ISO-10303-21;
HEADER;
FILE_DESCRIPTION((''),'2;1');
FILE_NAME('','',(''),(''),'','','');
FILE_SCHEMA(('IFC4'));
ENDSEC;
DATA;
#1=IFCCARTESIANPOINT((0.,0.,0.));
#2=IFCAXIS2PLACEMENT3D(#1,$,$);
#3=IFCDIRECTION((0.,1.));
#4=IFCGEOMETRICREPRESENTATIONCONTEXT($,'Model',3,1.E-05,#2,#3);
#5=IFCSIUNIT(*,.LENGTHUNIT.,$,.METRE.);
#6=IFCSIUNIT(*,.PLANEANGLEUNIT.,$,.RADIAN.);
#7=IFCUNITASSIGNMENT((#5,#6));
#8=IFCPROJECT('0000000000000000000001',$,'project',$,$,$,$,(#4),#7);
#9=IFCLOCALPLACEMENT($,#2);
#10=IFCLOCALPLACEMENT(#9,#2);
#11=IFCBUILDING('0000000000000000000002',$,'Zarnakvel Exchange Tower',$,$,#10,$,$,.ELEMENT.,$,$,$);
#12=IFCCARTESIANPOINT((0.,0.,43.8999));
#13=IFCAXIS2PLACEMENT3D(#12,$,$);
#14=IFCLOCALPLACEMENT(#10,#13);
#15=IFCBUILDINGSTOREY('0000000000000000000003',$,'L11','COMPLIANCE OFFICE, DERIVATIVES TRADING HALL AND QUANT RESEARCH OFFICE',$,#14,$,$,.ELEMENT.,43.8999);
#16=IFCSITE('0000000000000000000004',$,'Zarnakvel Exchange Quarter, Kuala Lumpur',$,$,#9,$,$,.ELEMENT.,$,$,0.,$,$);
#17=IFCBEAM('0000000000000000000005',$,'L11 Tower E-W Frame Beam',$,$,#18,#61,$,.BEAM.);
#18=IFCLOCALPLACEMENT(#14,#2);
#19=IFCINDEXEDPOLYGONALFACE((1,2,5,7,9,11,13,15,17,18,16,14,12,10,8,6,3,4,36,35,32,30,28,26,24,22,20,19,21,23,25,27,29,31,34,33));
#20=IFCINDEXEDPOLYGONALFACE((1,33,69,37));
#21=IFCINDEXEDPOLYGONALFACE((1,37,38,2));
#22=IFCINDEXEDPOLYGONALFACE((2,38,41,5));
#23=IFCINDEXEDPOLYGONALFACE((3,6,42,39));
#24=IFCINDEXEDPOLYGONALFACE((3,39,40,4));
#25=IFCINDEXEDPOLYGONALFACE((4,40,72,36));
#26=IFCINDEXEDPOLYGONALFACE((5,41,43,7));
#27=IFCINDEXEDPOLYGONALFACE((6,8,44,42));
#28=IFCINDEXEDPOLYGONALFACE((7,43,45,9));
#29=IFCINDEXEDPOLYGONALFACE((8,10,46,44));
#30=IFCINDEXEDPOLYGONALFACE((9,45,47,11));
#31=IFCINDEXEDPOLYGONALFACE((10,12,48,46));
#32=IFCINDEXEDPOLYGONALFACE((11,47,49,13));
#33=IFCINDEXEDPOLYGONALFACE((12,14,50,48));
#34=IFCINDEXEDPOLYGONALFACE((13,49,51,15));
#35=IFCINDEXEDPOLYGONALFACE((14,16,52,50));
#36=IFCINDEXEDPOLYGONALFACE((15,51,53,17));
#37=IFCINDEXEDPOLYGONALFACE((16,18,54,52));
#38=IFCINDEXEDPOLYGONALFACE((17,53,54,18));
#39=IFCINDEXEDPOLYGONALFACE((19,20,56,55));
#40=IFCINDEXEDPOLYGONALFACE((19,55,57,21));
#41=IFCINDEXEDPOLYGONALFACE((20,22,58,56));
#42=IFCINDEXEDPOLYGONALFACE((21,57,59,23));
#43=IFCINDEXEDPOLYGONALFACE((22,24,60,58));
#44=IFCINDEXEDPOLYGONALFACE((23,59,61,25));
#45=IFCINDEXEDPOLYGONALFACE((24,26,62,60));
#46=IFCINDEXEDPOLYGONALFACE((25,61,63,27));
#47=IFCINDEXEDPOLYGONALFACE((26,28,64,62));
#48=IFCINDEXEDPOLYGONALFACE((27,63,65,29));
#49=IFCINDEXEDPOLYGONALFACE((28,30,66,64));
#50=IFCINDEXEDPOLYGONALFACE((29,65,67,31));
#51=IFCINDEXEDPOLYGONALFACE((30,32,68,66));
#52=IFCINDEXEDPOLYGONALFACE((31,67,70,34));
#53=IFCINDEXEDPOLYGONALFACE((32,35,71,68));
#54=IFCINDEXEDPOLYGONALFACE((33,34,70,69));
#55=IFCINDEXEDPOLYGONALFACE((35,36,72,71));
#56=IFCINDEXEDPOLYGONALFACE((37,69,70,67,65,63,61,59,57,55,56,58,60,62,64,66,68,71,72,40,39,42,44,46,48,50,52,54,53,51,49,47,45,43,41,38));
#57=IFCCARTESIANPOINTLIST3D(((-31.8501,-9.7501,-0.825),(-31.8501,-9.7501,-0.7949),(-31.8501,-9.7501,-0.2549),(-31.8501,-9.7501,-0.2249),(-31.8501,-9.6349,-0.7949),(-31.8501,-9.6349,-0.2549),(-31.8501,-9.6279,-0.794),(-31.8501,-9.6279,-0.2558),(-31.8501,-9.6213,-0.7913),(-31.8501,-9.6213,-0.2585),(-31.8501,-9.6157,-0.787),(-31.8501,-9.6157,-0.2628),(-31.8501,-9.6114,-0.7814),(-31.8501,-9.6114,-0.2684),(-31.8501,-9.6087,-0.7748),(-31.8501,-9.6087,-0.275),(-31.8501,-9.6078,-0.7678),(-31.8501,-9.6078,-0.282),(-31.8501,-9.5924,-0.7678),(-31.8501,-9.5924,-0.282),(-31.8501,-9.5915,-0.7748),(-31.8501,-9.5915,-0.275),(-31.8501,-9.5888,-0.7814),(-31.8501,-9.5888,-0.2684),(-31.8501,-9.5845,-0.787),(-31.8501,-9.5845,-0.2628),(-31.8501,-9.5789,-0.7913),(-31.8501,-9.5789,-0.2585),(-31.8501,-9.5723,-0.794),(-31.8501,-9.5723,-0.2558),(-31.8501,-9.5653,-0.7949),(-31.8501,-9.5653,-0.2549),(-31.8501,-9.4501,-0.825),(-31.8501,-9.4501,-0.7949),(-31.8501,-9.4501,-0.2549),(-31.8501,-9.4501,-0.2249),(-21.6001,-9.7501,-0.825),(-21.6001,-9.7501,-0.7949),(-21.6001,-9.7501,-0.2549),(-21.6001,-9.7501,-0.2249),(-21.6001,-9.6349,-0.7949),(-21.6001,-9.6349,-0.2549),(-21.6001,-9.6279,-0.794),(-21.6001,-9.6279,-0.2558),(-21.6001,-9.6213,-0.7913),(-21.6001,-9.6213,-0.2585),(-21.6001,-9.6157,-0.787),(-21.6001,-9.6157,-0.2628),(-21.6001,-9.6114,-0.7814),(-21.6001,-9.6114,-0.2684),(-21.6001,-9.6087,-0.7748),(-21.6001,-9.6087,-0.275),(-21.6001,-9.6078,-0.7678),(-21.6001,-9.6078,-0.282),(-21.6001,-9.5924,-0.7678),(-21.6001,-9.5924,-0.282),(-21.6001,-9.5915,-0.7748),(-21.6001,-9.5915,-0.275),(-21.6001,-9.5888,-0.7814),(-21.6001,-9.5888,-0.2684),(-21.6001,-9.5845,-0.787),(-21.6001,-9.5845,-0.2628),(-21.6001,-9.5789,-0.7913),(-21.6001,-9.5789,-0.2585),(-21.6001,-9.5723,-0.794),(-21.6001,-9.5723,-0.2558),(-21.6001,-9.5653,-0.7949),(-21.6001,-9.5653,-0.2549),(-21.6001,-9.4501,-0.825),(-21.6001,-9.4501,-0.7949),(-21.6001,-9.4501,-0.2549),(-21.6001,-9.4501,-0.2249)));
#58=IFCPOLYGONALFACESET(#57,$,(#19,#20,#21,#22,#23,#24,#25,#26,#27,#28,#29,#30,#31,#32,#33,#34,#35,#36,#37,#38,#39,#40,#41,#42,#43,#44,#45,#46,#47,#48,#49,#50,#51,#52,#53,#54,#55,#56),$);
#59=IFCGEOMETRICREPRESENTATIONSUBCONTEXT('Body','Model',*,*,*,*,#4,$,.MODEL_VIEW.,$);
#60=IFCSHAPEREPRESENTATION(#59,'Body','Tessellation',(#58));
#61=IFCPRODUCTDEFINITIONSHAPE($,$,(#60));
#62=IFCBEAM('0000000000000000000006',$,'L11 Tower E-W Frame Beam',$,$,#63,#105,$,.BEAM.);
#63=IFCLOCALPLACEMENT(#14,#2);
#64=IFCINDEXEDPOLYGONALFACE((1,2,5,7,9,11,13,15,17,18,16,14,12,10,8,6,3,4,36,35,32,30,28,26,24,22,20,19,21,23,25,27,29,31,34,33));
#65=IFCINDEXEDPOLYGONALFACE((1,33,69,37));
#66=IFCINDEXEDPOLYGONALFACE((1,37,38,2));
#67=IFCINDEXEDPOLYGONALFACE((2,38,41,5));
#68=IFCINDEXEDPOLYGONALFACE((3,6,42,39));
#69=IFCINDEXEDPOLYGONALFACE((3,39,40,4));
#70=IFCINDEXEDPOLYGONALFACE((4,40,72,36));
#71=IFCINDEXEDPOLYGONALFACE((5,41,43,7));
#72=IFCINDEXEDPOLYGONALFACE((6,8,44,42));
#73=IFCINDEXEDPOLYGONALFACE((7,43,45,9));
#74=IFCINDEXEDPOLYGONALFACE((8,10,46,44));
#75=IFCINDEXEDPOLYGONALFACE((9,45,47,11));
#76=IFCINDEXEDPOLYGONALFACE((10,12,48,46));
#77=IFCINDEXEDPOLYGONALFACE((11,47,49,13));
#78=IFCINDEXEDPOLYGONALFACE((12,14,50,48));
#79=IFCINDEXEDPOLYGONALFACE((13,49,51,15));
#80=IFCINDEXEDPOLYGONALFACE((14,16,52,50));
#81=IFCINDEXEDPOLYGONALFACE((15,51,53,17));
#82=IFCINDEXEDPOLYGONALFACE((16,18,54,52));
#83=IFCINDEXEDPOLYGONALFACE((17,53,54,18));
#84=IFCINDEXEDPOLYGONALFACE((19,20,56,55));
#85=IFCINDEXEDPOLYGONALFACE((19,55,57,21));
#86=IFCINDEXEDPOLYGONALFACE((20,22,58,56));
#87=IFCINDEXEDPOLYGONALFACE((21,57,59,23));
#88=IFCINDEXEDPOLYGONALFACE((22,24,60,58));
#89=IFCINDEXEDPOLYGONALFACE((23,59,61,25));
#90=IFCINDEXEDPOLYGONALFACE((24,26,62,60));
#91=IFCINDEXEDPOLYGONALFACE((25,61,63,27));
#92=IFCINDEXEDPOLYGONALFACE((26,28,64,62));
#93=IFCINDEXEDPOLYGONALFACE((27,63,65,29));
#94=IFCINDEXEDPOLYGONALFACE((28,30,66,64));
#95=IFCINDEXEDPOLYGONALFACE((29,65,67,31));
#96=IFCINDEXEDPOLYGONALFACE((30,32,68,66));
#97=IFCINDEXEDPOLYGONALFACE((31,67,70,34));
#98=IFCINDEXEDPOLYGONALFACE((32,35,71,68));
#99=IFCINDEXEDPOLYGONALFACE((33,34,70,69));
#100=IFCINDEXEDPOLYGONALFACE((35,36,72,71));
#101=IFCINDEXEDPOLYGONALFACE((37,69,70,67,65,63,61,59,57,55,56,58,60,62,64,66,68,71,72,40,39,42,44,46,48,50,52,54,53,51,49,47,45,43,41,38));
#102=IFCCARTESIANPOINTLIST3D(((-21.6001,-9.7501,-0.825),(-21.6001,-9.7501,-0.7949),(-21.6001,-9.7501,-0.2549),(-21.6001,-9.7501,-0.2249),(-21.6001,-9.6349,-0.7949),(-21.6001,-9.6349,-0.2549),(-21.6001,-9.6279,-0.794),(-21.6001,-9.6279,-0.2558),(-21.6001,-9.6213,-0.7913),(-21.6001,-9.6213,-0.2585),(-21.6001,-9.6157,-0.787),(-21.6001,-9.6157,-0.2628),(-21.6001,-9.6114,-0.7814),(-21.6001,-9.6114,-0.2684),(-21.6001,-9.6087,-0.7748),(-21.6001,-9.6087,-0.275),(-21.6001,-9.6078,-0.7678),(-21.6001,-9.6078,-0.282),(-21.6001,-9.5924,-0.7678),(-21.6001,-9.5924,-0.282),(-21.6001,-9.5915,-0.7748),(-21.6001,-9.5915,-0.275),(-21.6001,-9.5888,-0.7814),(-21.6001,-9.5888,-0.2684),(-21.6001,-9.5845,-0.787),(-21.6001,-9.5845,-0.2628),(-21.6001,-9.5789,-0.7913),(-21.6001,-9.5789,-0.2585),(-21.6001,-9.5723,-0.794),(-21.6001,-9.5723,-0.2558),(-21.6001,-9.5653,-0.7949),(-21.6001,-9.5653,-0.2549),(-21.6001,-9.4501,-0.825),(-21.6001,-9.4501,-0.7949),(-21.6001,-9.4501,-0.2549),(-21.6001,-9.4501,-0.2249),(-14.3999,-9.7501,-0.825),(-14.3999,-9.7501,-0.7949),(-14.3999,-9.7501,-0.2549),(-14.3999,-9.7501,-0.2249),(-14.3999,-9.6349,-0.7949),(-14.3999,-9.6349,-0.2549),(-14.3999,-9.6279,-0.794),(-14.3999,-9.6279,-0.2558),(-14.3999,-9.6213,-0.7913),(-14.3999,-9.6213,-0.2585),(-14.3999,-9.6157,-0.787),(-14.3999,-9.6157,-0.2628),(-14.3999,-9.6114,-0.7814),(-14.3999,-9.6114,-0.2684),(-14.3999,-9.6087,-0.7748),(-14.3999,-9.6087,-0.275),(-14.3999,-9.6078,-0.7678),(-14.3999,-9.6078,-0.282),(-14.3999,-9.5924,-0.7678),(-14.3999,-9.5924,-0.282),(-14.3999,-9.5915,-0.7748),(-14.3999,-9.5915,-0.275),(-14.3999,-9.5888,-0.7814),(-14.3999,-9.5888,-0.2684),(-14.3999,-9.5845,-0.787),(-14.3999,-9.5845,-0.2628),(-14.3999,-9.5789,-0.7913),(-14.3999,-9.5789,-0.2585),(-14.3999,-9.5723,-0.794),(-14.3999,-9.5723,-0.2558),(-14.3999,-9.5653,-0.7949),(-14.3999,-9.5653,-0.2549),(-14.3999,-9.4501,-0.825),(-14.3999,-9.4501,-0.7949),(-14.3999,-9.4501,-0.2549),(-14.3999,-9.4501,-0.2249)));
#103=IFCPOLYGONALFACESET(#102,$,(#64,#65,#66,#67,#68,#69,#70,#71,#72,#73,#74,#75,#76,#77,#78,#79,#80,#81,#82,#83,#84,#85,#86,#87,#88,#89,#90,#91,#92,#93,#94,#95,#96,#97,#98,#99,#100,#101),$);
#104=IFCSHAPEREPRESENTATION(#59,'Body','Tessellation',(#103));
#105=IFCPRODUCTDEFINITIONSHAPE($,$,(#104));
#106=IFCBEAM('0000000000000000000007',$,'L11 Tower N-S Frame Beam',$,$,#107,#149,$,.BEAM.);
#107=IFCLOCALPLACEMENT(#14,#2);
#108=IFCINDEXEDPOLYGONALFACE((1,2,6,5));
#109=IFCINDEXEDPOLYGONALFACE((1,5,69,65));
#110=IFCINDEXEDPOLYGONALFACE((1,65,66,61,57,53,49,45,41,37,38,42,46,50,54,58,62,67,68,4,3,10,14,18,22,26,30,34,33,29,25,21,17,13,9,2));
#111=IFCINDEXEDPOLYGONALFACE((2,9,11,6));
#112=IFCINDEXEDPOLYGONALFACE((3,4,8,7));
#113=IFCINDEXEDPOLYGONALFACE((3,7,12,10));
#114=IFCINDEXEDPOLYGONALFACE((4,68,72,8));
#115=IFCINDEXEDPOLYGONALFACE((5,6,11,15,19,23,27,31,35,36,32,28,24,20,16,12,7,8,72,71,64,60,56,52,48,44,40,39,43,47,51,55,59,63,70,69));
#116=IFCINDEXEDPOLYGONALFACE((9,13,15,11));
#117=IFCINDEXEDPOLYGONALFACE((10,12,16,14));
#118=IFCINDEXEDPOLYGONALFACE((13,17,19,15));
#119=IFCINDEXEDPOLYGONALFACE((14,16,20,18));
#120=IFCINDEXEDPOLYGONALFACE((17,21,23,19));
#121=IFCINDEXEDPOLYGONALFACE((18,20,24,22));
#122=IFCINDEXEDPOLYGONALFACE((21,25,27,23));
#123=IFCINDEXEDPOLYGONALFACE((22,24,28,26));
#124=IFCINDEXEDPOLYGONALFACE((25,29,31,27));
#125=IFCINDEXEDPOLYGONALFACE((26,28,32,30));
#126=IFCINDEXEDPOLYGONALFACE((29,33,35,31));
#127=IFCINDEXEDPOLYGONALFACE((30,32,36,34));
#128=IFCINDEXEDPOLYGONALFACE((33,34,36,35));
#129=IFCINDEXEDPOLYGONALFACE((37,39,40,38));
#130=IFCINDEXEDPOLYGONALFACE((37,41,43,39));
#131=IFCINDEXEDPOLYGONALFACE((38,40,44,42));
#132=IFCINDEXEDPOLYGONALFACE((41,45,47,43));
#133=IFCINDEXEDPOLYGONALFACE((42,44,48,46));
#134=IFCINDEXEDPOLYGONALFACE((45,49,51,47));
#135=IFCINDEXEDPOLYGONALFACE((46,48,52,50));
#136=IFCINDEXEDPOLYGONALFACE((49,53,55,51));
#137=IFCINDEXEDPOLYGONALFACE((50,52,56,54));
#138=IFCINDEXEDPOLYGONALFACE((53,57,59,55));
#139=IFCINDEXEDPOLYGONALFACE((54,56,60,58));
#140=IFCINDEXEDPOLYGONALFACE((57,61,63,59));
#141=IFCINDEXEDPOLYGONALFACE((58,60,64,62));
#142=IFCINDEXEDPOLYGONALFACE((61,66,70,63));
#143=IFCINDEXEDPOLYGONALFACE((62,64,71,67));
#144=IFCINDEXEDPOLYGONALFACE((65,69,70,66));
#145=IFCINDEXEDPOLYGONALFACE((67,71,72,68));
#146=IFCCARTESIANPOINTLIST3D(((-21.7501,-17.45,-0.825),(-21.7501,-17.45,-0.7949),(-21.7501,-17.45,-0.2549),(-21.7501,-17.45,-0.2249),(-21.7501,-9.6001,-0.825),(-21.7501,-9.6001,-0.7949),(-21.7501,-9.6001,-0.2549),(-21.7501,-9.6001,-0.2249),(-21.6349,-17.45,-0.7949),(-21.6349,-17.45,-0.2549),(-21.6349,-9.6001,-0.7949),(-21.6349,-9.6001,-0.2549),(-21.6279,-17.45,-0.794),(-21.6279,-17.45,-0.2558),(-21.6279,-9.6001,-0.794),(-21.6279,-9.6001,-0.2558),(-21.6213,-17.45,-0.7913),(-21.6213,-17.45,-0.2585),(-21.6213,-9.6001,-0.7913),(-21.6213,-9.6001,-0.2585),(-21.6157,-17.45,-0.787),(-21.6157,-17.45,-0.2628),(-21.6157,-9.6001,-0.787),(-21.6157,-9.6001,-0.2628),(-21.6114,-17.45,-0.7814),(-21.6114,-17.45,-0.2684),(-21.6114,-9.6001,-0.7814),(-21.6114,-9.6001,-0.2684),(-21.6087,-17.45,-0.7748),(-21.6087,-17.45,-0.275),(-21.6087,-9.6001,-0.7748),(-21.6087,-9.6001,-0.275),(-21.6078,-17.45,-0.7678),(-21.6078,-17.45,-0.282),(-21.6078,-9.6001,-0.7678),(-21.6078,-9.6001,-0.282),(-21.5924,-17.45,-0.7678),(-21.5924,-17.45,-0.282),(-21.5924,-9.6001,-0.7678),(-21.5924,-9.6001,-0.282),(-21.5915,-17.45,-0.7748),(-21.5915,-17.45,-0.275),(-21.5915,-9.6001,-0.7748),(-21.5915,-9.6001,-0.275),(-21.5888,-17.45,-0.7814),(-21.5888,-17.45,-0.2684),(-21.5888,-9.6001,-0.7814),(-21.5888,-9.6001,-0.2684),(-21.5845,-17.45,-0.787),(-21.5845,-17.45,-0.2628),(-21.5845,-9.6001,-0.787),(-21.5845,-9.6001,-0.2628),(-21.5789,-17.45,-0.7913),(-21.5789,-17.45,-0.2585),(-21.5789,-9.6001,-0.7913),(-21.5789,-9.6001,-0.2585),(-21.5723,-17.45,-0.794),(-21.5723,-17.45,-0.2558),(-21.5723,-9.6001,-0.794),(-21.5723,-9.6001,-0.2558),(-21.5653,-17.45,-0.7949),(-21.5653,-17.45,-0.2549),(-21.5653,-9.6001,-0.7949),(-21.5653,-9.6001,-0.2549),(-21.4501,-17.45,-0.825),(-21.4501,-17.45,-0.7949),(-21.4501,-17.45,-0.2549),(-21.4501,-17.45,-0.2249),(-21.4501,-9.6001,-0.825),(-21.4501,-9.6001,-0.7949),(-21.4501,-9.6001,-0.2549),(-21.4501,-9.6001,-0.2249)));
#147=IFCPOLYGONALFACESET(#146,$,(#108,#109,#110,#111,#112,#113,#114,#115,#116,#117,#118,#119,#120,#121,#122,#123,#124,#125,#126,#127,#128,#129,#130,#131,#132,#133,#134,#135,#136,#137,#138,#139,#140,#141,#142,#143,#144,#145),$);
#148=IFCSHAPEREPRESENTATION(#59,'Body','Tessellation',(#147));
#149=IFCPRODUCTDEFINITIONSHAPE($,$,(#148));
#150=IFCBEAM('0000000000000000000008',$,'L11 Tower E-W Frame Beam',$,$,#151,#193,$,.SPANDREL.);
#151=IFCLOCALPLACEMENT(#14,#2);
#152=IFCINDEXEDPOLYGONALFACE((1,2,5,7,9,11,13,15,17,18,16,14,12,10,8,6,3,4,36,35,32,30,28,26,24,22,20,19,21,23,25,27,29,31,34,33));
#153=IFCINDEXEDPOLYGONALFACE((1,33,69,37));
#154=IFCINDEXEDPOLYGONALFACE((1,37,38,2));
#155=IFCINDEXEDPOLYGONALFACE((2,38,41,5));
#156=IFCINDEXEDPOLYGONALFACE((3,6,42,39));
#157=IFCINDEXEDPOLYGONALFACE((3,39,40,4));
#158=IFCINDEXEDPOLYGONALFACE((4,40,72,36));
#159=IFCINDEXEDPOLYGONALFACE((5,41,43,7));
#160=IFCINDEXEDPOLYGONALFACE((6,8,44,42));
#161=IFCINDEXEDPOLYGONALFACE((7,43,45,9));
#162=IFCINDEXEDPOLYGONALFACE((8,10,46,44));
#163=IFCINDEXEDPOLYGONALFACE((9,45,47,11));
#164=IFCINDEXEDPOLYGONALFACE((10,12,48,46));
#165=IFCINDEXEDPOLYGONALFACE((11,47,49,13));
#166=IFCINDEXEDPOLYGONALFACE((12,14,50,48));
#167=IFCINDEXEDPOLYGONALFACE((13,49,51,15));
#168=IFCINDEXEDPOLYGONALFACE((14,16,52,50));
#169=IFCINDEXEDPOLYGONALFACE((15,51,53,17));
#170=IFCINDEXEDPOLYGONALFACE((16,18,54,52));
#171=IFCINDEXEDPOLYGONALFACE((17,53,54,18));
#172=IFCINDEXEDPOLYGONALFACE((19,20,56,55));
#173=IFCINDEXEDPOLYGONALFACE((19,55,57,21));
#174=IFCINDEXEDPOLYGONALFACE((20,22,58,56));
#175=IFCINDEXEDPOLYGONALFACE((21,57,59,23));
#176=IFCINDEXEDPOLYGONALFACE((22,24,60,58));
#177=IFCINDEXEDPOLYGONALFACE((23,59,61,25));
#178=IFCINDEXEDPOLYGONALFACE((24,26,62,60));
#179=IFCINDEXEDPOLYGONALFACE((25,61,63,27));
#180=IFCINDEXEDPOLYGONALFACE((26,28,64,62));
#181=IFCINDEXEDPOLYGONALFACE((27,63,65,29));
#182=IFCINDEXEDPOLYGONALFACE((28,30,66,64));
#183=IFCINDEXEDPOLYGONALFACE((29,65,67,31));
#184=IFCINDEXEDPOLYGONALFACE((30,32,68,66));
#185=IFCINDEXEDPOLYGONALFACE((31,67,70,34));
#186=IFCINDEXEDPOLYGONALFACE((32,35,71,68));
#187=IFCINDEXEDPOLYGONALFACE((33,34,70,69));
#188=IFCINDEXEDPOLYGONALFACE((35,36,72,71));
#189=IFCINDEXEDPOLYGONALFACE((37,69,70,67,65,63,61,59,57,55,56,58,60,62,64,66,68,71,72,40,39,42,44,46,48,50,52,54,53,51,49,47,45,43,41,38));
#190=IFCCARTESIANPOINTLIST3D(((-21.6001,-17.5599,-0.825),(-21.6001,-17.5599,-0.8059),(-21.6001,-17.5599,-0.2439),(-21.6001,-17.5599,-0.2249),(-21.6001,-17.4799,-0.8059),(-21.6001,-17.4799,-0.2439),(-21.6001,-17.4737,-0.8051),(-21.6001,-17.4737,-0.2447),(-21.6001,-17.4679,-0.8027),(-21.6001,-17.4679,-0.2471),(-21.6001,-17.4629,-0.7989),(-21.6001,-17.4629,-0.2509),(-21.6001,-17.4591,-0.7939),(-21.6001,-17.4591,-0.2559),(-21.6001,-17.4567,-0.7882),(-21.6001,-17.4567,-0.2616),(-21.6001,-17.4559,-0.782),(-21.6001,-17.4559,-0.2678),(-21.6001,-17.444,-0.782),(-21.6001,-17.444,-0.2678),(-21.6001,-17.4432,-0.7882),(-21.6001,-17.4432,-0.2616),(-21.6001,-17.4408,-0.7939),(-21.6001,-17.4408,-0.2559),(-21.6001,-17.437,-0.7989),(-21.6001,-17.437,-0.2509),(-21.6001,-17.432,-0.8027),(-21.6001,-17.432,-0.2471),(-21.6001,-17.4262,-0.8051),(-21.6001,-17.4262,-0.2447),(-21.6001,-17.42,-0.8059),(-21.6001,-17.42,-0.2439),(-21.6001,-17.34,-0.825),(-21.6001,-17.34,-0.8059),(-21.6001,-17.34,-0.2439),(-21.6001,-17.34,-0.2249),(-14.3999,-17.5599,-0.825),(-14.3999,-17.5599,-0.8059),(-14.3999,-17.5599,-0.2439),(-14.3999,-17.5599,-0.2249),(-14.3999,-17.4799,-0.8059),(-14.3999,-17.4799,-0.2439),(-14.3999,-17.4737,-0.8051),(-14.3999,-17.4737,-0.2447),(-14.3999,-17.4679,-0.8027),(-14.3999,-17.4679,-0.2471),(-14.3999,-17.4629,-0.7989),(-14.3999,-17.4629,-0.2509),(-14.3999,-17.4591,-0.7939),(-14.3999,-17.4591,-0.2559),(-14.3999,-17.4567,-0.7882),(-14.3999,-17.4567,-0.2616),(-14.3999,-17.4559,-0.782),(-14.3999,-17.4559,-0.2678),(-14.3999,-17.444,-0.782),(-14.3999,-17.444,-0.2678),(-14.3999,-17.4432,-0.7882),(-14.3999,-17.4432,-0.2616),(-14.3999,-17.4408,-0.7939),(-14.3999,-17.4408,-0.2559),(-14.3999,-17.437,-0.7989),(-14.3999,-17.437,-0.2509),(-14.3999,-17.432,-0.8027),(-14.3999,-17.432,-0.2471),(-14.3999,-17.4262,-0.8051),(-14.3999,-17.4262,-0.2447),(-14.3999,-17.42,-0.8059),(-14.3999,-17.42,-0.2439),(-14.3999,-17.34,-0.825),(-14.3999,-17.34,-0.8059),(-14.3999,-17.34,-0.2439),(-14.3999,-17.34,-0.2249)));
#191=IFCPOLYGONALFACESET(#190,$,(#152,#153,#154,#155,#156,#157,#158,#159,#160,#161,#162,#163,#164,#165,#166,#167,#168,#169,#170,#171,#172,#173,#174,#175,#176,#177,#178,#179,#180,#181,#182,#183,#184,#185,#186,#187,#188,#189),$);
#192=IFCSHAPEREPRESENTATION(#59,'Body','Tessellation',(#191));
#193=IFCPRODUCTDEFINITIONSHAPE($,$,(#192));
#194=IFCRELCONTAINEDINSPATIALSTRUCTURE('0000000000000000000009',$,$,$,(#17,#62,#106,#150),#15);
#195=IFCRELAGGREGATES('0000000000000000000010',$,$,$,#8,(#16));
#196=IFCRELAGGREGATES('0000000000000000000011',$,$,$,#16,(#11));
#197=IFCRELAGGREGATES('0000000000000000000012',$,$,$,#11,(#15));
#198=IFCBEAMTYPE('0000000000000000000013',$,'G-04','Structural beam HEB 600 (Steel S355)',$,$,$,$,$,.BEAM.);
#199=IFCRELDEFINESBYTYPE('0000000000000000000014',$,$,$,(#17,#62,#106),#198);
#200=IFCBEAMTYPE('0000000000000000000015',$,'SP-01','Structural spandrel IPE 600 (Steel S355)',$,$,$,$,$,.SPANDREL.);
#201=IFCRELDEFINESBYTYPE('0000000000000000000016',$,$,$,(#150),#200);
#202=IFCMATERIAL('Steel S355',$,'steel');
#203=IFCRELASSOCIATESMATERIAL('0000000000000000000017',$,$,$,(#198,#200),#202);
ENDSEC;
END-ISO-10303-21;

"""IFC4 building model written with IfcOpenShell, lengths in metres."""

from ifc_helpers import new_model, si_unit, direction, frame, origin, origin_2d, place, context, subcontext, project, spatial, i_section, extrude, material, material_profile, profile_set, type_object, element, save


model = new_model("IFC4")

# Units and contexts
model_context = context("Model", 3, precision=1e-05, world=origin(), true_north=direction((0.0, 1.0)))
body_context = subcontext(model_context, "Body", "Model", "MODEL_VIEW")
ifc_project = project(units=[si_unit("LENGTHUNIT", "METRE"), si_unit("PLANEANGLEUNIT", "RADIAN")], contexts=[model_context])

# Site, building, storey
site_placement = place(None, origin())
site = spatial("IfcSite", under=ifc_project, at=site_placement, Name="Zarnakvel Exchange Quarter, Kuala Lumpur", CompositionType="ELEMENT", RefElevation=0.0)
building_placement = place(site_placement, origin())
building = spatial("IfcBuilding", under=site, at=building_placement, Name="Zarnakvel Exchange Tower", CompositionType="ELEMENT")
storey_placement = place(building_placement, frame((0.0, 0.0, 43.8999)))
storey = spatial("IfcBuildingStorey", under=building, at=storey_placement, Name="L11", Description="COMPLIANCE OFFICE, DERIVATIVES TRADING HALL AND QUANT RESEARCH OFFICE", CompositionType="ELEMENT", Elevation=43.8999)

# Shared definitions
ifc_material_1 = material(Name="Steel S355", Category="steel")

# Beams
ifc_material_profile_1 = material_profile(ifc_material_1, i_section(OverallWidth=0.3, OverallDepth=0.6001, WebThickness=0.0154, FlangeThickness=0.03, FilletRadius=0.0271, at=origin_2d()))
ifc_profile_set_1 = profile_set([ifc_material_profile_1], Name="Steel S355")
beam_type_1 = type_object("IfcBeamType", Name="G-04", Description="Structural beam HEB 600 (Steel S355)", PredefinedType="BEAM", material=ifc_profile_set_1)
beam_1_placement = place(storey_placement, frame((-31.8501, -9.6001, -0.5249), z_axis=(1.0, 0.0, 0.0), x_axis=(0.0, 1.0, 0.0)))
element("IfcBeam", 1, at=beam_1_placement, inside=storey, type_object=beam_type_1, Name="L11 Tower E-W Frame Beam", PredefinedType="BEAM", context=body_context, shape_type="SweptSolid", body=[
    extrude(i_section(OverallWidth=0.3, OverallDepth=0.6001, WebThickness=0.0154, FlangeThickness=0.03, FilletRadius=0.0271, at=origin_2d()), origin(), (0.0, 0.0, 1.0), 10.25),
])
beam_2_placement = place(storey_placement, frame((-21.6001, -9.6001, -0.5249), z_axis=(1.0, 0.0, 0.0), x_axis=(0.0, 1.0, 0.0)))
element("IfcBeam", 2, at=beam_2_placement, inside=storey, type_object=beam_type_1, Name="L11 Tower E-W Frame Beam", PredefinedType="BEAM", context=body_context, shape_type="SweptSolid", body=[
    extrude(i_section(OverallWidth=0.3, OverallDepth=0.6001, WebThickness=0.0154, FlangeThickness=0.03, FilletRadius=0.0271, at=origin_2d()), origin(), (0.0, 0.0, 1.0), 7.2002),
])
beam_3_placement = place(storey_placement, frame((-21.6001, -17.45, -0.5249), z_axis=(0.0, 1.0, 0.0), x_axis=(-1.0, 0.0, 0.0)))
element("IfcBeam", 3, at=beam_3_placement, inside=storey, type_object=beam_type_1, Name="L11 Tower N-S Frame Beam", PredefinedType="BEAM", context=body_context, shape_type="SweptSolid", body=[
    extrude(i_section(OverallWidth=0.3, OverallDepth=0.6001, WebThickness=0.0154, FlangeThickness=0.03, FilletRadius=0.0271, at=origin_2d()), origin(), (0.0, 0.0, 1.0), 7.8499),
])
ifc_material_profile_2 = material_profile(ifc_material_1, i_section(OverallWidth=0.22, OverallDepth=0.6001, WebThickness=0.012, FlangeThickness=0.019, FilletRadius=0.0239, at=origin_2d()))
ifc_profile_set_2 = profile_set([ifc_material_profile_2], Name="Steel S355")
beam_type_2 = type_object("IfcBeamType", Name="SP-01", Description="Structural spandrel IPE 600 (Steel S355)", PredefinedType="SPANDREL", material=ifc_profile_set_2)
beam_4_placement = place(storey_placement, frame((-21.6001, -17.45, -0.5249), z_axis=(1.0, 0.0, 0.0), x_axis=(0.0, 1.0, 0.0)))
element("IfcBeam", 4, at=beam_4_placement, inside=storey, type_object=beam_type_2, Name="L11 Tower E-W Frame Beam", PredefinedType="SPANDREL", context=body_context, shape_type="SweptSolid", body=[
    extrude(i_section(OverallWidth=0.22, OverallDepth=0.6001, WebThickness=0.012, FlangeThickness=0.019, FilletRadius=0.0239, at=origin_2d()), origin(), (0.0, 0.0, 1.0), 7.2002),
])

save(model, "model.ifc")
